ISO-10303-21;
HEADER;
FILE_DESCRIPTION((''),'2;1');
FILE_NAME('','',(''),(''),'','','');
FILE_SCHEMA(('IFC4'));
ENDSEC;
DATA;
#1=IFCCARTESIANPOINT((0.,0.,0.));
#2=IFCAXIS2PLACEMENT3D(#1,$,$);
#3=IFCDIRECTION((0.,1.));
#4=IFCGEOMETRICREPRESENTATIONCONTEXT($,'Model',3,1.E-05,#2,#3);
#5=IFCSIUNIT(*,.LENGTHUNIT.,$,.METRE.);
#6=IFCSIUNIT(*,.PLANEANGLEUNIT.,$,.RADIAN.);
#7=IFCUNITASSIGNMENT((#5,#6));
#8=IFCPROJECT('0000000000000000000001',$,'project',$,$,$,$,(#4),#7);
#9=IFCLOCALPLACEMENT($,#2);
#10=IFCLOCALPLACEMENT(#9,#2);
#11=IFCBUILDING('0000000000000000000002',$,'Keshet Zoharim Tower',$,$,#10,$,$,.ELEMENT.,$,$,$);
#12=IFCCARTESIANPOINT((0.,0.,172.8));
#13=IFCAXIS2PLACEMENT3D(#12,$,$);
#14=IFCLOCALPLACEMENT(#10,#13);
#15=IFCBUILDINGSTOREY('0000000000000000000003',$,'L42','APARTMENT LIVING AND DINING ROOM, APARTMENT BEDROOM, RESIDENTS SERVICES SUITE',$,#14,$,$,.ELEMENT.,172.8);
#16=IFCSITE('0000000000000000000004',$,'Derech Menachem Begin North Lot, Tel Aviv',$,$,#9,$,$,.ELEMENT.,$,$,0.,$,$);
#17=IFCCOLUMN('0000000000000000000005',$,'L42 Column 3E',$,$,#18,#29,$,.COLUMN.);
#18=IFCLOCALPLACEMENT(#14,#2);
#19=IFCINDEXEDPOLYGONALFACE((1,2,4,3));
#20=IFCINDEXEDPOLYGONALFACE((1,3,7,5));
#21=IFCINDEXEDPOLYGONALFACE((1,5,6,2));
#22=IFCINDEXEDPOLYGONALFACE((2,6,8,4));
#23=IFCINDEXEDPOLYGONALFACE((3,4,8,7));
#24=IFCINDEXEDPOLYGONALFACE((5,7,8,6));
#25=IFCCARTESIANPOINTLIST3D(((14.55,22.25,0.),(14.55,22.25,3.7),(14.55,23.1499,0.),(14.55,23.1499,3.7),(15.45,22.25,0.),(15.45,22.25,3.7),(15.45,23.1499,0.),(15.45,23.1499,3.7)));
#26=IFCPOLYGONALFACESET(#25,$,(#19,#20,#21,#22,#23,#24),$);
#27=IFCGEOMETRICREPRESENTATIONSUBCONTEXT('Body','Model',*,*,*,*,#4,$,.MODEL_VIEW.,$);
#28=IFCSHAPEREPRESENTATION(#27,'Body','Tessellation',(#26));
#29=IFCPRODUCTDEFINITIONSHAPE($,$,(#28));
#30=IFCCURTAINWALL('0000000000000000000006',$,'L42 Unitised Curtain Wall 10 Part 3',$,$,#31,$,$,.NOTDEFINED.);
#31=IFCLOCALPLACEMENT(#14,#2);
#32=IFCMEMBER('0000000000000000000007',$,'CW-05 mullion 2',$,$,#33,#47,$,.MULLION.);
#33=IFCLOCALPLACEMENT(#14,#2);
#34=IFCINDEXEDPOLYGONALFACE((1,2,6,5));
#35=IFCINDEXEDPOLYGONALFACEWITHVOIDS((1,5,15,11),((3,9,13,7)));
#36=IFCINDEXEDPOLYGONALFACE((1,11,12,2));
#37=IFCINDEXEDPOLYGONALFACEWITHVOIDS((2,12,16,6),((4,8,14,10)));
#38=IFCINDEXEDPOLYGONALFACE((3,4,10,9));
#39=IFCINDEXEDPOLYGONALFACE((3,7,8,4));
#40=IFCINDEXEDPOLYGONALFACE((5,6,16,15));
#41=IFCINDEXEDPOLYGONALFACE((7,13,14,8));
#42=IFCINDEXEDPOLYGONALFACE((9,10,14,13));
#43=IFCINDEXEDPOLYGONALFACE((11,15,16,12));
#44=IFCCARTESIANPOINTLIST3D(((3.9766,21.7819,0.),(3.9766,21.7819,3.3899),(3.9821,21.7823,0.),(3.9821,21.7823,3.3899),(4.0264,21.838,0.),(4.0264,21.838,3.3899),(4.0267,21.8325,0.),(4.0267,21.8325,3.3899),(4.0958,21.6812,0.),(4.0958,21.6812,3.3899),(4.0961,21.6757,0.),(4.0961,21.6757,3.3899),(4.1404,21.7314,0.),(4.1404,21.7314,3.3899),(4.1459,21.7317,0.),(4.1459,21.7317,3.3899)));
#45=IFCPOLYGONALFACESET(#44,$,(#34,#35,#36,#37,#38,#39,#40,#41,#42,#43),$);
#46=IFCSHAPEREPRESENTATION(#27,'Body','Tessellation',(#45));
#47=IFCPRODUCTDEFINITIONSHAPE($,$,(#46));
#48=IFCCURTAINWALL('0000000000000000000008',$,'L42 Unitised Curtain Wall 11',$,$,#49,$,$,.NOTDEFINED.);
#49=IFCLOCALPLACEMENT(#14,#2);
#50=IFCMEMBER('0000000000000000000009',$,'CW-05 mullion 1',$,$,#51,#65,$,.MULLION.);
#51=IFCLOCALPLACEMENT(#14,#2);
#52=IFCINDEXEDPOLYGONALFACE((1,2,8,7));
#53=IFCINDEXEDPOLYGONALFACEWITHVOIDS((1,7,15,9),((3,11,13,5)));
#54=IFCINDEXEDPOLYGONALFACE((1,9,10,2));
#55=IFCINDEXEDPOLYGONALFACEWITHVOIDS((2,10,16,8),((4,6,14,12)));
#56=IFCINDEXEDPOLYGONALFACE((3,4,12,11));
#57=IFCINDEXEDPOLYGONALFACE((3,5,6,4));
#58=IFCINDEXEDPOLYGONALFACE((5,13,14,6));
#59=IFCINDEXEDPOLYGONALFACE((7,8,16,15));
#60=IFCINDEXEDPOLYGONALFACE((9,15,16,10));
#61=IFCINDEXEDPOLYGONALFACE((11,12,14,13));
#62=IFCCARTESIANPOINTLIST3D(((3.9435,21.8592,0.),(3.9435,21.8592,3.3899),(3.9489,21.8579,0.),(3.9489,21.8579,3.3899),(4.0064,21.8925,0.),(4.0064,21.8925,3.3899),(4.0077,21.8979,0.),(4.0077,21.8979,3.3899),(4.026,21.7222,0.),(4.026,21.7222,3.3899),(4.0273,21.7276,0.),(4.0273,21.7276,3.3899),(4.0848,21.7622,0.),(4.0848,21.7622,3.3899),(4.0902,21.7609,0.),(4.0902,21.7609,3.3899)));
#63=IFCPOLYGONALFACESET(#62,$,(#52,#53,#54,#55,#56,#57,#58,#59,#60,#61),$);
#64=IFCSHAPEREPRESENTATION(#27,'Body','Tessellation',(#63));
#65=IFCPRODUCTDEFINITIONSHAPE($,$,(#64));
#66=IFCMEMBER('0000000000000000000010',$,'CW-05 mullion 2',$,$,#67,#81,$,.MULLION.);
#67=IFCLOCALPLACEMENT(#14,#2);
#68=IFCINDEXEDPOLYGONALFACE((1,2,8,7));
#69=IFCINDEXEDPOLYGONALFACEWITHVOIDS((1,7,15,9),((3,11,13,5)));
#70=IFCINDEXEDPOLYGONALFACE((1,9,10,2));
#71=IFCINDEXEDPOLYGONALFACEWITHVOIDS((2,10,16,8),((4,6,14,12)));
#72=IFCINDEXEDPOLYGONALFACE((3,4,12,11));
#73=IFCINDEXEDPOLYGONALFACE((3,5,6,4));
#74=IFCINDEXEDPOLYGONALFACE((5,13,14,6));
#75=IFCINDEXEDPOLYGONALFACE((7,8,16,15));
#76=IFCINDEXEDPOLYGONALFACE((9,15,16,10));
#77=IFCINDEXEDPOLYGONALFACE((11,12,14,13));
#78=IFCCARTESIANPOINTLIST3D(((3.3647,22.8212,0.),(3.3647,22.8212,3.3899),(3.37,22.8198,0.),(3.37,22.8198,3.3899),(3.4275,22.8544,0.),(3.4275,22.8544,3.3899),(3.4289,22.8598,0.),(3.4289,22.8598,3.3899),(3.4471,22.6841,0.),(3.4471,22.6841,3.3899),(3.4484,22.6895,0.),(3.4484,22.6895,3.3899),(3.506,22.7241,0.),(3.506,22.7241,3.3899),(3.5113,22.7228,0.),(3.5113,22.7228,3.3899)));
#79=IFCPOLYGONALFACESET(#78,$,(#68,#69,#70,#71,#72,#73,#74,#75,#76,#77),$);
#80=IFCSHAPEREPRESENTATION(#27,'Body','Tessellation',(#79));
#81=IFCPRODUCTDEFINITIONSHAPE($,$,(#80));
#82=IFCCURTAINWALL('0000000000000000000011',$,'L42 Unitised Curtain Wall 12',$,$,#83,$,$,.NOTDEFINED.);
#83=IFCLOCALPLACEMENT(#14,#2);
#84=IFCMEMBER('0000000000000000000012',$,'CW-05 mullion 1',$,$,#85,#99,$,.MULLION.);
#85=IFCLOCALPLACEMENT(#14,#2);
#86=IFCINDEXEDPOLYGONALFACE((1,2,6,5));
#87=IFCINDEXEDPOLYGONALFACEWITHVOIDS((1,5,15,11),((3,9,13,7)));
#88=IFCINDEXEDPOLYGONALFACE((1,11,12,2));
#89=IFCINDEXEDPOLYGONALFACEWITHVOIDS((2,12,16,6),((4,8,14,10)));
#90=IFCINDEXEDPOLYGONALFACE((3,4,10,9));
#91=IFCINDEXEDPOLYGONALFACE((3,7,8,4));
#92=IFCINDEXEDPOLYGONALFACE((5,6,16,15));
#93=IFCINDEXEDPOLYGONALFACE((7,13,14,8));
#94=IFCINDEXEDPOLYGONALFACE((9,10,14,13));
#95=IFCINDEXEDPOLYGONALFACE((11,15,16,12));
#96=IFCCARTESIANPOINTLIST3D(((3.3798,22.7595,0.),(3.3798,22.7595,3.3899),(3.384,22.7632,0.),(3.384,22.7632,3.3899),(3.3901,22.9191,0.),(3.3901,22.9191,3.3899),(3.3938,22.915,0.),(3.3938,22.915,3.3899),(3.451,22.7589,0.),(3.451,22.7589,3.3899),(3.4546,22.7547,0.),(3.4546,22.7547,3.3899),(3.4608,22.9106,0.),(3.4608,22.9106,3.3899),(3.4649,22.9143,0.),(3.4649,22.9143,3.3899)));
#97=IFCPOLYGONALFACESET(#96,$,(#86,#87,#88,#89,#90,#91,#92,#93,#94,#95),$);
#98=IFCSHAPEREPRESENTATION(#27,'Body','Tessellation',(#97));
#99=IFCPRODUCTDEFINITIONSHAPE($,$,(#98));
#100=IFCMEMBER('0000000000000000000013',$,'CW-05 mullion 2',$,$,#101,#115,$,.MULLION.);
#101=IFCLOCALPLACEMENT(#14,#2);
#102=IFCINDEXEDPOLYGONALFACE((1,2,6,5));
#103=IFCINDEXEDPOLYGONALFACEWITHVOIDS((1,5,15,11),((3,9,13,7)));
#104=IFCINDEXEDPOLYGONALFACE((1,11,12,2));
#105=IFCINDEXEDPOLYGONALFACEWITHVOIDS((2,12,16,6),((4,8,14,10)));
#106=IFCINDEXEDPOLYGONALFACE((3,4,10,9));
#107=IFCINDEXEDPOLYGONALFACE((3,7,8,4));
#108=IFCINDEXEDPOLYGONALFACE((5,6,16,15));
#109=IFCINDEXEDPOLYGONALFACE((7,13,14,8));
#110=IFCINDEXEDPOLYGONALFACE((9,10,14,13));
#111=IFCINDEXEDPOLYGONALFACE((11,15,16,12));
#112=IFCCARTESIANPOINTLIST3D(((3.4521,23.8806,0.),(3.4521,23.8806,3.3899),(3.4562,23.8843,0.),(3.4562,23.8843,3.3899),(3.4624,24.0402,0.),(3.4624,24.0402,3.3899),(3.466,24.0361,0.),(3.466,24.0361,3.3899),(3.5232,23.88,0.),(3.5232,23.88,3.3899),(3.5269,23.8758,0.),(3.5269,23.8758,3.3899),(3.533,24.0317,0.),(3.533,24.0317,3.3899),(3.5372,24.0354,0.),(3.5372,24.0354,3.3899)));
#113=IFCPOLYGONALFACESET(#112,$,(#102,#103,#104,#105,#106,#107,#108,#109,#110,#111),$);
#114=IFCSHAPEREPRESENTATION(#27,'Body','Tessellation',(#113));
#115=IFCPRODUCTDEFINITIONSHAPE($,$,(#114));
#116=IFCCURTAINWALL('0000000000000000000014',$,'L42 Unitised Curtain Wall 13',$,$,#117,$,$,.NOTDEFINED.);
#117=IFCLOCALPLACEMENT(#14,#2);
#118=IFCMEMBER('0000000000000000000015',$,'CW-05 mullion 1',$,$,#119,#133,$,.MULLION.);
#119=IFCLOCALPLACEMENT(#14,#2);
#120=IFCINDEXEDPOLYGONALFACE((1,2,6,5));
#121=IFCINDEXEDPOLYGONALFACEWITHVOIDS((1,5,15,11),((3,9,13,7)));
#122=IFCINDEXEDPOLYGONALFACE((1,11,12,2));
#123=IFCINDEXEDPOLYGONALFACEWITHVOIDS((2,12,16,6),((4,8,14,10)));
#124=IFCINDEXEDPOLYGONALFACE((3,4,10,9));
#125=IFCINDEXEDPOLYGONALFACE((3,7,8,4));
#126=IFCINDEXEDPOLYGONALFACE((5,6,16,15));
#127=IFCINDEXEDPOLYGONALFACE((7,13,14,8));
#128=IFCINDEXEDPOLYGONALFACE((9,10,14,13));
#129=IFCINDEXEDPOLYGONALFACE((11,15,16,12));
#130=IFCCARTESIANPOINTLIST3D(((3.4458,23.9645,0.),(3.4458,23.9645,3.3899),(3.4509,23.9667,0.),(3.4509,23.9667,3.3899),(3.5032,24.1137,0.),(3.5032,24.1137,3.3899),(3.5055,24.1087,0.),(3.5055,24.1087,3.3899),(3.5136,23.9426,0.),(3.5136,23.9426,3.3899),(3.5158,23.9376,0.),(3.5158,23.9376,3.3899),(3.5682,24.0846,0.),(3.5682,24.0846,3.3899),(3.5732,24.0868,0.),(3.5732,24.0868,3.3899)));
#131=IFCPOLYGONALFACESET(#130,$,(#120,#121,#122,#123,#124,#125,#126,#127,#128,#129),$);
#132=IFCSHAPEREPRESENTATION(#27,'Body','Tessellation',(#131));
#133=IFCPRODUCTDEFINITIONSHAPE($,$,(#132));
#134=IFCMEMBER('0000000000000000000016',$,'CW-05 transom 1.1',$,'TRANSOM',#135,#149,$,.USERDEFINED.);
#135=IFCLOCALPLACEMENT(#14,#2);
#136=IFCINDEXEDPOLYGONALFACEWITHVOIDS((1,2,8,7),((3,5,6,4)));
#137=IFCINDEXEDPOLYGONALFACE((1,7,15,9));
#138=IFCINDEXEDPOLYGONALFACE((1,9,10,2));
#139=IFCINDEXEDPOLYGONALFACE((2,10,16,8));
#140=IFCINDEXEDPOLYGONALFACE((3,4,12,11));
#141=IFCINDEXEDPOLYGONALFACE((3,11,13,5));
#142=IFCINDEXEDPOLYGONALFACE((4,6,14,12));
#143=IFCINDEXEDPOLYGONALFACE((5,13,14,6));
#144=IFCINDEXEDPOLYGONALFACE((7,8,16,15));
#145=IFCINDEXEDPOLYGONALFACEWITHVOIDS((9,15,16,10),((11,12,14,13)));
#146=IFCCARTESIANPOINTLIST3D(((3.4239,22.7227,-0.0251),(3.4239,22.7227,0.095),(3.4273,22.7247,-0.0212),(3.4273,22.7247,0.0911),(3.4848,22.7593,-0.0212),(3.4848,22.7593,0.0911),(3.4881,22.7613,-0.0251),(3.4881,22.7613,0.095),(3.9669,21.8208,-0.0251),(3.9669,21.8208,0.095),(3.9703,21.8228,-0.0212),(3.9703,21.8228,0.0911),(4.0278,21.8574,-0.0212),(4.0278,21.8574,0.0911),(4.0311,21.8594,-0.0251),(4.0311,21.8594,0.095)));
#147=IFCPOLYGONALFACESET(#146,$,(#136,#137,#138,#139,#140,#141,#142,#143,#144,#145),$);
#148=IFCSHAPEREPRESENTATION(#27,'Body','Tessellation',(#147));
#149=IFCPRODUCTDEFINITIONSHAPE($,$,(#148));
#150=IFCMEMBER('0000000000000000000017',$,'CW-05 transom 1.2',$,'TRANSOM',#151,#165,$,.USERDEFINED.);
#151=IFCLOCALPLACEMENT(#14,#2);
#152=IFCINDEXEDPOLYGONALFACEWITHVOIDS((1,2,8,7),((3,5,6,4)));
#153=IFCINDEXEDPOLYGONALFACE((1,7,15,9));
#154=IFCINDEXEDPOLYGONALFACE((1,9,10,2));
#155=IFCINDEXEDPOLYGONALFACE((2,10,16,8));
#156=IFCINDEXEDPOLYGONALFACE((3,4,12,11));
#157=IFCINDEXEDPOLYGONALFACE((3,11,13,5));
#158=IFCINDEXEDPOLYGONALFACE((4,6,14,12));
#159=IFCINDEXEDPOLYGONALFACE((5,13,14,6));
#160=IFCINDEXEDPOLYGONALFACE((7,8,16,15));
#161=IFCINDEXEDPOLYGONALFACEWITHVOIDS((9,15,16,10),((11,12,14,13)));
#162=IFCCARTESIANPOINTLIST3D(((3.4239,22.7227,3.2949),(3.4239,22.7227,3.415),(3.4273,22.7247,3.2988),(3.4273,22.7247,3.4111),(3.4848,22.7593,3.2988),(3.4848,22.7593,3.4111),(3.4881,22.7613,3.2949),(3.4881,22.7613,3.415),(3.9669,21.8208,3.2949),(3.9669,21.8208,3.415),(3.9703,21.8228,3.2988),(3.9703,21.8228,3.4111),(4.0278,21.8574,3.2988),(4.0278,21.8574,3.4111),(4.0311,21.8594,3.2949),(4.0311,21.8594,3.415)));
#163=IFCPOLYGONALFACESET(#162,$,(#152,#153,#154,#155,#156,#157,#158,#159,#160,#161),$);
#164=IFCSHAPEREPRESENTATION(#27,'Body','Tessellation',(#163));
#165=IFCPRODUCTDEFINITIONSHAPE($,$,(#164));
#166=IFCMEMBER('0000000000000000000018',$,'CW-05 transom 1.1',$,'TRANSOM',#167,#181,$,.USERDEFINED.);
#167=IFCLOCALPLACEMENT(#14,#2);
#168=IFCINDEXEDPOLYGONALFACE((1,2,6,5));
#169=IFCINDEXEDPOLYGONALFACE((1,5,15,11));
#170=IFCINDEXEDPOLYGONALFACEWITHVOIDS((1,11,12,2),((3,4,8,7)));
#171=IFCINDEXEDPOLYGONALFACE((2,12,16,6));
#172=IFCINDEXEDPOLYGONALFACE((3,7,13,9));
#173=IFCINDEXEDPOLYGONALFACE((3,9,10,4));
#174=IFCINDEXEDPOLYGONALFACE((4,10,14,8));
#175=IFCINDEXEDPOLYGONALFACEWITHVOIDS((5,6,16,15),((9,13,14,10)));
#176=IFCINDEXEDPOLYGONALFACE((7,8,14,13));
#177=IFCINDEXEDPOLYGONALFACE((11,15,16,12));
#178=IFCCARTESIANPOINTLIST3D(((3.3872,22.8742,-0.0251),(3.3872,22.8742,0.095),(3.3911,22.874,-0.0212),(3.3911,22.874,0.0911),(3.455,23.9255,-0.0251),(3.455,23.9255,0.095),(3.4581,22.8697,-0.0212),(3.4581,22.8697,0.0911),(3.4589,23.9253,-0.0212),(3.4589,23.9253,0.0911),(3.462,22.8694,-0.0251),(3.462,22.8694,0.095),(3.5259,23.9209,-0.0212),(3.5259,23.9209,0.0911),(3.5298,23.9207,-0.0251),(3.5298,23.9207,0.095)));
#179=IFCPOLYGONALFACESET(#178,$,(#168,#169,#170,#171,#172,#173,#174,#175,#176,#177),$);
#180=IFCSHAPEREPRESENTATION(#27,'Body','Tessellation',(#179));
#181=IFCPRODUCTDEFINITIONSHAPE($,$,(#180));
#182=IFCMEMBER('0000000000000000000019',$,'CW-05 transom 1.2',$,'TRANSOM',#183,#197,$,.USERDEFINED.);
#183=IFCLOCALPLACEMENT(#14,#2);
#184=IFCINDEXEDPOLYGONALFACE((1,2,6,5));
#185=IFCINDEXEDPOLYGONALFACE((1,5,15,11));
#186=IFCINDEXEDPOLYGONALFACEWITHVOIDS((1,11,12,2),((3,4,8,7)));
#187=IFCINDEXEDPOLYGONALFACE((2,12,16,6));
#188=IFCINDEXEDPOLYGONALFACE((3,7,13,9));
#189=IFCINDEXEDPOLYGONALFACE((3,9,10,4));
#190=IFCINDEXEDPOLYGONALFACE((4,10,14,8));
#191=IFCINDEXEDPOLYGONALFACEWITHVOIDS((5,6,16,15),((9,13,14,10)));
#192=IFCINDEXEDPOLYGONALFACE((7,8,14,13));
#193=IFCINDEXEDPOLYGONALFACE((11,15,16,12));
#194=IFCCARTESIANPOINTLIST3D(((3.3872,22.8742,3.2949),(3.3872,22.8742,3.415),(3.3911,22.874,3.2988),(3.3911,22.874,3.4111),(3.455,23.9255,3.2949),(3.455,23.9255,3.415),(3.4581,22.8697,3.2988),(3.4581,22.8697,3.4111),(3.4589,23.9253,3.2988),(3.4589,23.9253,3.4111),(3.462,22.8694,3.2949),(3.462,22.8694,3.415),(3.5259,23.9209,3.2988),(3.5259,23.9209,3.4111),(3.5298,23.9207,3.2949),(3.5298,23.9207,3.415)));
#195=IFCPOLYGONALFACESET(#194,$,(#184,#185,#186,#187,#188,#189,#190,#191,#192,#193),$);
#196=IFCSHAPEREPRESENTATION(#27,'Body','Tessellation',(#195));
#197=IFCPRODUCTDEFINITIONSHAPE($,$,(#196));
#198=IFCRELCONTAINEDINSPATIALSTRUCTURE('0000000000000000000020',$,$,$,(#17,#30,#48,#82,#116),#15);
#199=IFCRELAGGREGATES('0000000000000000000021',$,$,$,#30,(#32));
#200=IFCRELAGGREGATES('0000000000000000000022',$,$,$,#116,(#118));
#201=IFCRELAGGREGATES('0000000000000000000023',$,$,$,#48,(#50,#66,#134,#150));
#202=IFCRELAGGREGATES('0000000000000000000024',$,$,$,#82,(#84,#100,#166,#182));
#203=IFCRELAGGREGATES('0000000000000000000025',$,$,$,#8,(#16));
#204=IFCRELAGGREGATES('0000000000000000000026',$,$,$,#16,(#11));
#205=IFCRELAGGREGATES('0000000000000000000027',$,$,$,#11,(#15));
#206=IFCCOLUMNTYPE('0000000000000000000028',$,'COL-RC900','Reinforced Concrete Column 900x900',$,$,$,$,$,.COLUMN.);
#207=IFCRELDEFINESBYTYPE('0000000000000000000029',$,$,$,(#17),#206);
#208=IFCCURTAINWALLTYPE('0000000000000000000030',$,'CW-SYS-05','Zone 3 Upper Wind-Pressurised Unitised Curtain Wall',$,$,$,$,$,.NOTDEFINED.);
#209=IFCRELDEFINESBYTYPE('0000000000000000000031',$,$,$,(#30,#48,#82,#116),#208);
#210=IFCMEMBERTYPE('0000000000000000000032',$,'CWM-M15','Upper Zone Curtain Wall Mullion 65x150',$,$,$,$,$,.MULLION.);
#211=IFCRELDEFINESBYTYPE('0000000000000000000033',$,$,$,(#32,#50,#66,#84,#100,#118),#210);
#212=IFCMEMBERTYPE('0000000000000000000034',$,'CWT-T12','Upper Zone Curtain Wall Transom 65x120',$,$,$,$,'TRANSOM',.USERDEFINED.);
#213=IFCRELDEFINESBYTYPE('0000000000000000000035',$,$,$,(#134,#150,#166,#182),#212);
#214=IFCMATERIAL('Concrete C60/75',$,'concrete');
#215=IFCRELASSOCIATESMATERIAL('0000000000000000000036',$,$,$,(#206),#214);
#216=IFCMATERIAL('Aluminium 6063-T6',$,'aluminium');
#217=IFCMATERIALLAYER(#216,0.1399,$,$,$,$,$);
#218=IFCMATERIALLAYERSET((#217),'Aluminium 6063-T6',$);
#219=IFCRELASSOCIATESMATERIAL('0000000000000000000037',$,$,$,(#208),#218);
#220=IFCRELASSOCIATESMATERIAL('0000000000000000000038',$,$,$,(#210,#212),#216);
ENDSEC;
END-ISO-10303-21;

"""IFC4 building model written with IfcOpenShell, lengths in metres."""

from ifc_helpers import new_model, si_unit, direction, frame, origin, origin_2d, place, context, subcontext, project, spatial, rectangle, hollow_rectangle, extrude, material, layer, layer_set, material_profile, profile_set, type_object, element, aggregate, save


model = new_model("IFC4")

# Units and contexts
model_context = context("Model", 3, precision=1e-05, world=origin(), true_north=direction((0.0, 1.0)))
body_context = subcontext(model_context, "Body", "Model", "MODEL_VIEW")
ifc_project = project(units=[si_unit("LENGTHUNIT", "METRE"), si_unit("PLANEANGLEUNIT", "RADIAN")], contexts=[model_context])

# Site, building, storey
site_placement = place(None, origin())
site = spatial("IfcSite", under=ifc_project, at=site_placement, Name="Derech Menachem Begin North Lot, Tel Aviv", CompositionType="ELEMENT", RefElevation=0.0)
building_placement = place(site_placement, origin())
building = spatial("IfcBuilding", under=site, at=building_placement, Name="Keshet Zoharim Tower", CompositionType="ELEMENT")
storey_placement = place(building_placement, frame((0.0, 0.0, 172.8)))
storey = spatial("IfcBuildingStorey", under=building, at=storey_placement, Name="L42", Description="APARTMENT LIVING AND DINING ROOM, APARTMENT BEDROOM, RESIDENTS SERVICES SUITE", CompositionType="ELEMENT", Elevation=172.8)

# Column
ifc_material_1 = material(Name="Concrete C60/75", Category="concrete")
ifc_material_profile_1 = material_profile(ifc_material_1, rectangle(XDim=0.8999, YDim=0.8999, at=origin_2d()), Name="RC900x900")
ifc_profile_set_1 = profile_set([ifc_material_profile_1], Name="Concrete C60/75")
column_type = type_object("IfcColumnType", Name="COL-RC900", Description="Reinforced Concrete Column 900x900", PredefinedType="COLUMN", material=ifc_profile_set_1)
column_placement = place(storey_placement, frame((15.0, 22.7, 0.0), z_axis=(0.0, 0.0, 1.0), x_axis=(1.0, 0.0, 0.0)))
element("IfcColumn", 1, at=column_placement, inside=storey, type_object=column_type, Name="L42 Column 3E", PredefinedType="COLUMN", context=body_context, shape_type="SweptSolid", body=[
    extrude(rectangle(XDim=0.8999, YDim=0.8999, at=origin_2d()), origin(), (0.0, 0.0, 1.0), 3.7),
])

# Curtain wall, member
ifc_material_2 = material(Name="Aluminium 6063-T6", Category="aluminium")
ifc_layer_1 = layer(ifc_material_2, 0.1399)
ifc_layer_set_1 = layer_set([ifc_layer_1], Name="Aluminium 6063-T6")
curtain_wall_type = type_object("IfcCurtainWallType", Name="CW-SYS-05", Description="Zone 3 Upper Wind-Pressurised Unitised Curtain Wall", PredefinedType="NOTDEFINED", material=ifc_layer_set_1)
curtain_wall_1_placement = place(storey_placement, origin())
curtain_wall_1 = element("IfcCurtainWall", 2, at=curtain_wall_1_placement, inside=storey, type_object=curtain_wall_type, Name="L42 Unitised Curtain Wall 10 Part 3", PredefinedType="NOTDEFINED")
ifc_material_profile_2 = material_profile(ifc_material_2, hollow_rectangle(XDim=0.075, YDim=0.1599, WallThickness=0.0039, at=origin_2d()), Name="MUL-75x160")
ifc_profile_set_2 = profile_set([ifc_material_profile_2], Name="Aluminium 6063-T6")
member_type_1 = type_object("IfcMemberType", Name="CWM-M15", Description="Upper Zone Curtain Wall Mullion 65x150", PredefinedType="MULLION", material=ifc_profile_set_2)
member_1_placement = place(storey_placement, frame((4.0613, 21.7568, 0.0), z_axis=(0.0, 0.0, 1.0), x_axis=(-0.664367, -0.747407, 0.0)))
member_1 = element("IfcMember", 3, at=member_1_placement, type_object=member_type_1, Name="CW-05 mullion 2", PredefinedType="MULLION", context=body_context, shape_type="SweptSolid", body=[
    extrude(hollow_rectangle(XDim=0.075, YDim=0.1599, WallThickness=0.0039, at=origin_2d()), origin(), (0.0, 0.0, 1.0), 3.3899),
])
aggregate(curtain_wall_1, [member_1])

# Curtain walls, members
curtain_wall_2_placement = place(storey_placement, origin())
curtain_wall_2 = element("IfcCurtainWall", 4, at=curtain_wall_2_placement, inside=storey, type_object=curtain_wall_type, Name="L42 Unitised Curtain Wall 11", PredefinedType="NOTDEFINED")
member_2_placement = place(storey_placement, frame((4.0168, 21.8101, 0.0), z_axis=(0.0, 0.0, 1.0), x_axis=(-0.856826, -0.515605, 0.0)))
member_2 = element("IfcMember", 5, at=member_2_placement, type_object=member_type_1, Name="CW-05 mullion 1", PredefinedType="MULLION", context=body_context, shape_type="SweptSolid", body=[
    extrude(hollow_rectangle(XDim=0.075, YDim=0.1599, WallThickness=0.0039, at=origin_2d()), origin(), (0.0, 0.0, 1.0), 3.3899),
])
member_3_placement = place(storey_placement, frame((3.438, 22.772, 0.0), z_axis=(0.0, 0.0, 1.0), x_axis=(-0.856826, -0.515605, 0.0)))
member_3 = element("IfcMember", 6, at=member_3_placement, type_object=member_type_1, Name="CW-05 mullion 2", PredefinedType="MULLION", context=body_context, shape_type="SweptSolid", body=[
    extrude(hollow_rectangle(XDim=0.075, YDim=0.1599, WallThickness=0.0039, at=origin_2d()), origin(), (0.0, 0.0, 1.0), 3.3899),
])
curtain_wall_3_placement = place(storey_placement, origin())
curtain_wall_3 = element("IfcCurtainWall", 7, at=curtain_wall_3_placement, inside=storey, type_object=curtain_wall_type, Name="L42 Unitised Curtain Wall 12", PredefinedType="NOTDEFINED")
member_4_placement = place(storey_placement, frame((3.4224, 22.8369, 0.0), z_axis=(0.0, 0.0, 1.0), x_axis=(-0.997917, 0.064517, 0.0)))
member_4 = element("IfcMember", 8, at=member_4_placement, type_object=member_type_1, Name="CW-05 mullion 1", PredefinedType="MULLION", context=body_context, shape_type="SweptSolid", body=[
    extrude(hollow_rectangle(XDim=0.075, YDim=0.1599, WallThickness=0.0039, at=origin_2d()), origin(), (0.0, 0.0, 1.0), 3.3899),
])
member_5_placement = place(storey_placement, frame((3.4946, 23.958, 0.0), z_axis=(0.0, 0.0, 1.0), x_axis=(-0.997917, 0.064517, 0.0)))
member_5 = element("IfcMember", 9, at=member_5_placement, type_object=member_type_1, Name="CW-05 mullion 2", PredefinedType="MULLION", context=body_context, shape_type="SweptSolid", body=[
    extrude(hollow_rectangle(XDim=0.075, YDim=0.1599, WallThickness=0.0039, at=origin_2d()), origin(), (0.0, 0.0, 1.0), 3.3899),
])

# Curtain wall, member
curtain_wall_4_placement = place(storey_placement, origin())
curtain_wall_4 = element("IfcCurtainWall", 10, at=curtain_wall_4_placement, inside=storey, type_object=curtain_wall_type, Name="L42 Unitised Curtain Wall 13", PredefinedType="NOTDEFINED")
member_6_placement = place(storey_placement, frame((3.5095, 24.0256, 0.0), z_axis=(0.0, 0.0, 1.0), x_axis=(-0.933341, 0.35899, 0.0)))
member_6 = element("IfcMember", 11, at=member_6_placement, type_object=member_type_1, Name="CW-05 mullion 1", PredefinedType="MULLION", context=body_context, shape_type="SweptSolid", body=[
    extrude(hollow_rectangle(XDim=0.075, YDim=0.1599, WallThickness=0.0039, at=origin_2d()), origin(), (0.0, 0.0, 1.0), 3.3899),
])

# Members
ifc_material_profile_3 = material_profile(ifc_material_2, hollow_rectangle(XDim=0.075, YDim=0.1201, WallThickness=0.0039, at=origin_2d()), Name="TRN-75x120")
ifc_profile_set_3 = profile_set([ifc_material_profile_3], Name="Aluminium 6063-T6")
member_type_2 = type_object("IfcMemberType", Name="CWT-T12", Description="Upper Zone Curtain Wall Transom 65x120", ElementType="TRANSOM", PredefinedType="USERDEFINED", material=ifc_profile_set_3)
member_7_placement = place(storey_placement, frame((3.999, 21.8401, 0.0349), z_axis=(-0.515791, 0.856714, 0.0), x_axis=(-0.856714, -0.515791, 0.0)))
member_7 = element("IfcMember", 12, at=member_7_placement, type_object=member_type_2, Name="CW-05 transom 1.1", ObjectType="TRANSOM", PredefinedType="USERDEFINED", context=body_context, shape_type="SweptSolid", body=[
    extrude(hollow_rectangle(XDim=0.075, YDim=0.1201, WallThickness=0.0039, at=origin_2d()), origin(), (0.0, 0.0, 1.0), 1.0527),
])
member_8_placement = place(storey_placement, frame((3.999, 21.8401, 3.355), z_axis=(-0.515791, 0.856714, 0.0), x_axis=(-0.856714, -0.515791, 0.0)))
member_8 = element("IfcMember", 13, at=member_8_placement, type_object=member_type_2, Name="CW-05 transom 1.2", ObjectType="TRANSOM", PredefinedType="USERDEFINED", context=body_context, shape_type="SweptSolid", body=[
    extrude(hollow_rectangle(XDim=0.075, YDim=0.1201, WallThickness=0.0039, at=origin_2d()), origin(), (0.0, 0.0, 1.0), 1.0527),
])
member_9_placement = place(storey_placement, frame((3.4246, 22.8718, 0.0349), z_axis=(0.064427, 0.997922, 0.0), x_axis=(-0.997922, 0.064427, 0.0)))
member_9 = element("IfcMember", 14, at=member_9_placement, type_object=member_type_2, Name="CW-05 transom 1.1", ObjectType="TRANSOM", PredefinedType="USERDEFINED", context=body_context, shape_type="SweptSolid", body=[
    extrude(hollow_rectangle(XDim=0.075, YDim=0.1201, WallThickness=0.0039, at=origin_2d()), origin(), (0.0, 0.0, 1.0), 1.0535),
])
member_10_placement = place(storey_placement, frame((3.4246, 22.8718, 3.355), z_axis=(0.064427, 0.997922, 0.0), x_axis=(-0.997922, 0.064427, 0.0)))
member_10 = element("IfcMember", 15, at=member_10_placement, type_object=member_type_2, Name="CW-05 transom 1.2", ObjectType="TRANSOM", PredefinedType="USERDEFINED", context=body_context, shape_type="SweptSolid", body=[
    extrude(hollow_rectangle(XDim=0.075, YDim=0.1201, WallThickness=0.0039, at=origin_2d()), origin(), (0.0, 0.0, 1.0), 1.0535),
])
aggregate(curtain_wall_4, [member_6])

aggregate(curtain_wall_2, [member_2, member_3, member_7, member_8])
aggregate(curtain_wall_3, [member_4, member_5, member_9, member_10])

save(model, "model.ifc")
